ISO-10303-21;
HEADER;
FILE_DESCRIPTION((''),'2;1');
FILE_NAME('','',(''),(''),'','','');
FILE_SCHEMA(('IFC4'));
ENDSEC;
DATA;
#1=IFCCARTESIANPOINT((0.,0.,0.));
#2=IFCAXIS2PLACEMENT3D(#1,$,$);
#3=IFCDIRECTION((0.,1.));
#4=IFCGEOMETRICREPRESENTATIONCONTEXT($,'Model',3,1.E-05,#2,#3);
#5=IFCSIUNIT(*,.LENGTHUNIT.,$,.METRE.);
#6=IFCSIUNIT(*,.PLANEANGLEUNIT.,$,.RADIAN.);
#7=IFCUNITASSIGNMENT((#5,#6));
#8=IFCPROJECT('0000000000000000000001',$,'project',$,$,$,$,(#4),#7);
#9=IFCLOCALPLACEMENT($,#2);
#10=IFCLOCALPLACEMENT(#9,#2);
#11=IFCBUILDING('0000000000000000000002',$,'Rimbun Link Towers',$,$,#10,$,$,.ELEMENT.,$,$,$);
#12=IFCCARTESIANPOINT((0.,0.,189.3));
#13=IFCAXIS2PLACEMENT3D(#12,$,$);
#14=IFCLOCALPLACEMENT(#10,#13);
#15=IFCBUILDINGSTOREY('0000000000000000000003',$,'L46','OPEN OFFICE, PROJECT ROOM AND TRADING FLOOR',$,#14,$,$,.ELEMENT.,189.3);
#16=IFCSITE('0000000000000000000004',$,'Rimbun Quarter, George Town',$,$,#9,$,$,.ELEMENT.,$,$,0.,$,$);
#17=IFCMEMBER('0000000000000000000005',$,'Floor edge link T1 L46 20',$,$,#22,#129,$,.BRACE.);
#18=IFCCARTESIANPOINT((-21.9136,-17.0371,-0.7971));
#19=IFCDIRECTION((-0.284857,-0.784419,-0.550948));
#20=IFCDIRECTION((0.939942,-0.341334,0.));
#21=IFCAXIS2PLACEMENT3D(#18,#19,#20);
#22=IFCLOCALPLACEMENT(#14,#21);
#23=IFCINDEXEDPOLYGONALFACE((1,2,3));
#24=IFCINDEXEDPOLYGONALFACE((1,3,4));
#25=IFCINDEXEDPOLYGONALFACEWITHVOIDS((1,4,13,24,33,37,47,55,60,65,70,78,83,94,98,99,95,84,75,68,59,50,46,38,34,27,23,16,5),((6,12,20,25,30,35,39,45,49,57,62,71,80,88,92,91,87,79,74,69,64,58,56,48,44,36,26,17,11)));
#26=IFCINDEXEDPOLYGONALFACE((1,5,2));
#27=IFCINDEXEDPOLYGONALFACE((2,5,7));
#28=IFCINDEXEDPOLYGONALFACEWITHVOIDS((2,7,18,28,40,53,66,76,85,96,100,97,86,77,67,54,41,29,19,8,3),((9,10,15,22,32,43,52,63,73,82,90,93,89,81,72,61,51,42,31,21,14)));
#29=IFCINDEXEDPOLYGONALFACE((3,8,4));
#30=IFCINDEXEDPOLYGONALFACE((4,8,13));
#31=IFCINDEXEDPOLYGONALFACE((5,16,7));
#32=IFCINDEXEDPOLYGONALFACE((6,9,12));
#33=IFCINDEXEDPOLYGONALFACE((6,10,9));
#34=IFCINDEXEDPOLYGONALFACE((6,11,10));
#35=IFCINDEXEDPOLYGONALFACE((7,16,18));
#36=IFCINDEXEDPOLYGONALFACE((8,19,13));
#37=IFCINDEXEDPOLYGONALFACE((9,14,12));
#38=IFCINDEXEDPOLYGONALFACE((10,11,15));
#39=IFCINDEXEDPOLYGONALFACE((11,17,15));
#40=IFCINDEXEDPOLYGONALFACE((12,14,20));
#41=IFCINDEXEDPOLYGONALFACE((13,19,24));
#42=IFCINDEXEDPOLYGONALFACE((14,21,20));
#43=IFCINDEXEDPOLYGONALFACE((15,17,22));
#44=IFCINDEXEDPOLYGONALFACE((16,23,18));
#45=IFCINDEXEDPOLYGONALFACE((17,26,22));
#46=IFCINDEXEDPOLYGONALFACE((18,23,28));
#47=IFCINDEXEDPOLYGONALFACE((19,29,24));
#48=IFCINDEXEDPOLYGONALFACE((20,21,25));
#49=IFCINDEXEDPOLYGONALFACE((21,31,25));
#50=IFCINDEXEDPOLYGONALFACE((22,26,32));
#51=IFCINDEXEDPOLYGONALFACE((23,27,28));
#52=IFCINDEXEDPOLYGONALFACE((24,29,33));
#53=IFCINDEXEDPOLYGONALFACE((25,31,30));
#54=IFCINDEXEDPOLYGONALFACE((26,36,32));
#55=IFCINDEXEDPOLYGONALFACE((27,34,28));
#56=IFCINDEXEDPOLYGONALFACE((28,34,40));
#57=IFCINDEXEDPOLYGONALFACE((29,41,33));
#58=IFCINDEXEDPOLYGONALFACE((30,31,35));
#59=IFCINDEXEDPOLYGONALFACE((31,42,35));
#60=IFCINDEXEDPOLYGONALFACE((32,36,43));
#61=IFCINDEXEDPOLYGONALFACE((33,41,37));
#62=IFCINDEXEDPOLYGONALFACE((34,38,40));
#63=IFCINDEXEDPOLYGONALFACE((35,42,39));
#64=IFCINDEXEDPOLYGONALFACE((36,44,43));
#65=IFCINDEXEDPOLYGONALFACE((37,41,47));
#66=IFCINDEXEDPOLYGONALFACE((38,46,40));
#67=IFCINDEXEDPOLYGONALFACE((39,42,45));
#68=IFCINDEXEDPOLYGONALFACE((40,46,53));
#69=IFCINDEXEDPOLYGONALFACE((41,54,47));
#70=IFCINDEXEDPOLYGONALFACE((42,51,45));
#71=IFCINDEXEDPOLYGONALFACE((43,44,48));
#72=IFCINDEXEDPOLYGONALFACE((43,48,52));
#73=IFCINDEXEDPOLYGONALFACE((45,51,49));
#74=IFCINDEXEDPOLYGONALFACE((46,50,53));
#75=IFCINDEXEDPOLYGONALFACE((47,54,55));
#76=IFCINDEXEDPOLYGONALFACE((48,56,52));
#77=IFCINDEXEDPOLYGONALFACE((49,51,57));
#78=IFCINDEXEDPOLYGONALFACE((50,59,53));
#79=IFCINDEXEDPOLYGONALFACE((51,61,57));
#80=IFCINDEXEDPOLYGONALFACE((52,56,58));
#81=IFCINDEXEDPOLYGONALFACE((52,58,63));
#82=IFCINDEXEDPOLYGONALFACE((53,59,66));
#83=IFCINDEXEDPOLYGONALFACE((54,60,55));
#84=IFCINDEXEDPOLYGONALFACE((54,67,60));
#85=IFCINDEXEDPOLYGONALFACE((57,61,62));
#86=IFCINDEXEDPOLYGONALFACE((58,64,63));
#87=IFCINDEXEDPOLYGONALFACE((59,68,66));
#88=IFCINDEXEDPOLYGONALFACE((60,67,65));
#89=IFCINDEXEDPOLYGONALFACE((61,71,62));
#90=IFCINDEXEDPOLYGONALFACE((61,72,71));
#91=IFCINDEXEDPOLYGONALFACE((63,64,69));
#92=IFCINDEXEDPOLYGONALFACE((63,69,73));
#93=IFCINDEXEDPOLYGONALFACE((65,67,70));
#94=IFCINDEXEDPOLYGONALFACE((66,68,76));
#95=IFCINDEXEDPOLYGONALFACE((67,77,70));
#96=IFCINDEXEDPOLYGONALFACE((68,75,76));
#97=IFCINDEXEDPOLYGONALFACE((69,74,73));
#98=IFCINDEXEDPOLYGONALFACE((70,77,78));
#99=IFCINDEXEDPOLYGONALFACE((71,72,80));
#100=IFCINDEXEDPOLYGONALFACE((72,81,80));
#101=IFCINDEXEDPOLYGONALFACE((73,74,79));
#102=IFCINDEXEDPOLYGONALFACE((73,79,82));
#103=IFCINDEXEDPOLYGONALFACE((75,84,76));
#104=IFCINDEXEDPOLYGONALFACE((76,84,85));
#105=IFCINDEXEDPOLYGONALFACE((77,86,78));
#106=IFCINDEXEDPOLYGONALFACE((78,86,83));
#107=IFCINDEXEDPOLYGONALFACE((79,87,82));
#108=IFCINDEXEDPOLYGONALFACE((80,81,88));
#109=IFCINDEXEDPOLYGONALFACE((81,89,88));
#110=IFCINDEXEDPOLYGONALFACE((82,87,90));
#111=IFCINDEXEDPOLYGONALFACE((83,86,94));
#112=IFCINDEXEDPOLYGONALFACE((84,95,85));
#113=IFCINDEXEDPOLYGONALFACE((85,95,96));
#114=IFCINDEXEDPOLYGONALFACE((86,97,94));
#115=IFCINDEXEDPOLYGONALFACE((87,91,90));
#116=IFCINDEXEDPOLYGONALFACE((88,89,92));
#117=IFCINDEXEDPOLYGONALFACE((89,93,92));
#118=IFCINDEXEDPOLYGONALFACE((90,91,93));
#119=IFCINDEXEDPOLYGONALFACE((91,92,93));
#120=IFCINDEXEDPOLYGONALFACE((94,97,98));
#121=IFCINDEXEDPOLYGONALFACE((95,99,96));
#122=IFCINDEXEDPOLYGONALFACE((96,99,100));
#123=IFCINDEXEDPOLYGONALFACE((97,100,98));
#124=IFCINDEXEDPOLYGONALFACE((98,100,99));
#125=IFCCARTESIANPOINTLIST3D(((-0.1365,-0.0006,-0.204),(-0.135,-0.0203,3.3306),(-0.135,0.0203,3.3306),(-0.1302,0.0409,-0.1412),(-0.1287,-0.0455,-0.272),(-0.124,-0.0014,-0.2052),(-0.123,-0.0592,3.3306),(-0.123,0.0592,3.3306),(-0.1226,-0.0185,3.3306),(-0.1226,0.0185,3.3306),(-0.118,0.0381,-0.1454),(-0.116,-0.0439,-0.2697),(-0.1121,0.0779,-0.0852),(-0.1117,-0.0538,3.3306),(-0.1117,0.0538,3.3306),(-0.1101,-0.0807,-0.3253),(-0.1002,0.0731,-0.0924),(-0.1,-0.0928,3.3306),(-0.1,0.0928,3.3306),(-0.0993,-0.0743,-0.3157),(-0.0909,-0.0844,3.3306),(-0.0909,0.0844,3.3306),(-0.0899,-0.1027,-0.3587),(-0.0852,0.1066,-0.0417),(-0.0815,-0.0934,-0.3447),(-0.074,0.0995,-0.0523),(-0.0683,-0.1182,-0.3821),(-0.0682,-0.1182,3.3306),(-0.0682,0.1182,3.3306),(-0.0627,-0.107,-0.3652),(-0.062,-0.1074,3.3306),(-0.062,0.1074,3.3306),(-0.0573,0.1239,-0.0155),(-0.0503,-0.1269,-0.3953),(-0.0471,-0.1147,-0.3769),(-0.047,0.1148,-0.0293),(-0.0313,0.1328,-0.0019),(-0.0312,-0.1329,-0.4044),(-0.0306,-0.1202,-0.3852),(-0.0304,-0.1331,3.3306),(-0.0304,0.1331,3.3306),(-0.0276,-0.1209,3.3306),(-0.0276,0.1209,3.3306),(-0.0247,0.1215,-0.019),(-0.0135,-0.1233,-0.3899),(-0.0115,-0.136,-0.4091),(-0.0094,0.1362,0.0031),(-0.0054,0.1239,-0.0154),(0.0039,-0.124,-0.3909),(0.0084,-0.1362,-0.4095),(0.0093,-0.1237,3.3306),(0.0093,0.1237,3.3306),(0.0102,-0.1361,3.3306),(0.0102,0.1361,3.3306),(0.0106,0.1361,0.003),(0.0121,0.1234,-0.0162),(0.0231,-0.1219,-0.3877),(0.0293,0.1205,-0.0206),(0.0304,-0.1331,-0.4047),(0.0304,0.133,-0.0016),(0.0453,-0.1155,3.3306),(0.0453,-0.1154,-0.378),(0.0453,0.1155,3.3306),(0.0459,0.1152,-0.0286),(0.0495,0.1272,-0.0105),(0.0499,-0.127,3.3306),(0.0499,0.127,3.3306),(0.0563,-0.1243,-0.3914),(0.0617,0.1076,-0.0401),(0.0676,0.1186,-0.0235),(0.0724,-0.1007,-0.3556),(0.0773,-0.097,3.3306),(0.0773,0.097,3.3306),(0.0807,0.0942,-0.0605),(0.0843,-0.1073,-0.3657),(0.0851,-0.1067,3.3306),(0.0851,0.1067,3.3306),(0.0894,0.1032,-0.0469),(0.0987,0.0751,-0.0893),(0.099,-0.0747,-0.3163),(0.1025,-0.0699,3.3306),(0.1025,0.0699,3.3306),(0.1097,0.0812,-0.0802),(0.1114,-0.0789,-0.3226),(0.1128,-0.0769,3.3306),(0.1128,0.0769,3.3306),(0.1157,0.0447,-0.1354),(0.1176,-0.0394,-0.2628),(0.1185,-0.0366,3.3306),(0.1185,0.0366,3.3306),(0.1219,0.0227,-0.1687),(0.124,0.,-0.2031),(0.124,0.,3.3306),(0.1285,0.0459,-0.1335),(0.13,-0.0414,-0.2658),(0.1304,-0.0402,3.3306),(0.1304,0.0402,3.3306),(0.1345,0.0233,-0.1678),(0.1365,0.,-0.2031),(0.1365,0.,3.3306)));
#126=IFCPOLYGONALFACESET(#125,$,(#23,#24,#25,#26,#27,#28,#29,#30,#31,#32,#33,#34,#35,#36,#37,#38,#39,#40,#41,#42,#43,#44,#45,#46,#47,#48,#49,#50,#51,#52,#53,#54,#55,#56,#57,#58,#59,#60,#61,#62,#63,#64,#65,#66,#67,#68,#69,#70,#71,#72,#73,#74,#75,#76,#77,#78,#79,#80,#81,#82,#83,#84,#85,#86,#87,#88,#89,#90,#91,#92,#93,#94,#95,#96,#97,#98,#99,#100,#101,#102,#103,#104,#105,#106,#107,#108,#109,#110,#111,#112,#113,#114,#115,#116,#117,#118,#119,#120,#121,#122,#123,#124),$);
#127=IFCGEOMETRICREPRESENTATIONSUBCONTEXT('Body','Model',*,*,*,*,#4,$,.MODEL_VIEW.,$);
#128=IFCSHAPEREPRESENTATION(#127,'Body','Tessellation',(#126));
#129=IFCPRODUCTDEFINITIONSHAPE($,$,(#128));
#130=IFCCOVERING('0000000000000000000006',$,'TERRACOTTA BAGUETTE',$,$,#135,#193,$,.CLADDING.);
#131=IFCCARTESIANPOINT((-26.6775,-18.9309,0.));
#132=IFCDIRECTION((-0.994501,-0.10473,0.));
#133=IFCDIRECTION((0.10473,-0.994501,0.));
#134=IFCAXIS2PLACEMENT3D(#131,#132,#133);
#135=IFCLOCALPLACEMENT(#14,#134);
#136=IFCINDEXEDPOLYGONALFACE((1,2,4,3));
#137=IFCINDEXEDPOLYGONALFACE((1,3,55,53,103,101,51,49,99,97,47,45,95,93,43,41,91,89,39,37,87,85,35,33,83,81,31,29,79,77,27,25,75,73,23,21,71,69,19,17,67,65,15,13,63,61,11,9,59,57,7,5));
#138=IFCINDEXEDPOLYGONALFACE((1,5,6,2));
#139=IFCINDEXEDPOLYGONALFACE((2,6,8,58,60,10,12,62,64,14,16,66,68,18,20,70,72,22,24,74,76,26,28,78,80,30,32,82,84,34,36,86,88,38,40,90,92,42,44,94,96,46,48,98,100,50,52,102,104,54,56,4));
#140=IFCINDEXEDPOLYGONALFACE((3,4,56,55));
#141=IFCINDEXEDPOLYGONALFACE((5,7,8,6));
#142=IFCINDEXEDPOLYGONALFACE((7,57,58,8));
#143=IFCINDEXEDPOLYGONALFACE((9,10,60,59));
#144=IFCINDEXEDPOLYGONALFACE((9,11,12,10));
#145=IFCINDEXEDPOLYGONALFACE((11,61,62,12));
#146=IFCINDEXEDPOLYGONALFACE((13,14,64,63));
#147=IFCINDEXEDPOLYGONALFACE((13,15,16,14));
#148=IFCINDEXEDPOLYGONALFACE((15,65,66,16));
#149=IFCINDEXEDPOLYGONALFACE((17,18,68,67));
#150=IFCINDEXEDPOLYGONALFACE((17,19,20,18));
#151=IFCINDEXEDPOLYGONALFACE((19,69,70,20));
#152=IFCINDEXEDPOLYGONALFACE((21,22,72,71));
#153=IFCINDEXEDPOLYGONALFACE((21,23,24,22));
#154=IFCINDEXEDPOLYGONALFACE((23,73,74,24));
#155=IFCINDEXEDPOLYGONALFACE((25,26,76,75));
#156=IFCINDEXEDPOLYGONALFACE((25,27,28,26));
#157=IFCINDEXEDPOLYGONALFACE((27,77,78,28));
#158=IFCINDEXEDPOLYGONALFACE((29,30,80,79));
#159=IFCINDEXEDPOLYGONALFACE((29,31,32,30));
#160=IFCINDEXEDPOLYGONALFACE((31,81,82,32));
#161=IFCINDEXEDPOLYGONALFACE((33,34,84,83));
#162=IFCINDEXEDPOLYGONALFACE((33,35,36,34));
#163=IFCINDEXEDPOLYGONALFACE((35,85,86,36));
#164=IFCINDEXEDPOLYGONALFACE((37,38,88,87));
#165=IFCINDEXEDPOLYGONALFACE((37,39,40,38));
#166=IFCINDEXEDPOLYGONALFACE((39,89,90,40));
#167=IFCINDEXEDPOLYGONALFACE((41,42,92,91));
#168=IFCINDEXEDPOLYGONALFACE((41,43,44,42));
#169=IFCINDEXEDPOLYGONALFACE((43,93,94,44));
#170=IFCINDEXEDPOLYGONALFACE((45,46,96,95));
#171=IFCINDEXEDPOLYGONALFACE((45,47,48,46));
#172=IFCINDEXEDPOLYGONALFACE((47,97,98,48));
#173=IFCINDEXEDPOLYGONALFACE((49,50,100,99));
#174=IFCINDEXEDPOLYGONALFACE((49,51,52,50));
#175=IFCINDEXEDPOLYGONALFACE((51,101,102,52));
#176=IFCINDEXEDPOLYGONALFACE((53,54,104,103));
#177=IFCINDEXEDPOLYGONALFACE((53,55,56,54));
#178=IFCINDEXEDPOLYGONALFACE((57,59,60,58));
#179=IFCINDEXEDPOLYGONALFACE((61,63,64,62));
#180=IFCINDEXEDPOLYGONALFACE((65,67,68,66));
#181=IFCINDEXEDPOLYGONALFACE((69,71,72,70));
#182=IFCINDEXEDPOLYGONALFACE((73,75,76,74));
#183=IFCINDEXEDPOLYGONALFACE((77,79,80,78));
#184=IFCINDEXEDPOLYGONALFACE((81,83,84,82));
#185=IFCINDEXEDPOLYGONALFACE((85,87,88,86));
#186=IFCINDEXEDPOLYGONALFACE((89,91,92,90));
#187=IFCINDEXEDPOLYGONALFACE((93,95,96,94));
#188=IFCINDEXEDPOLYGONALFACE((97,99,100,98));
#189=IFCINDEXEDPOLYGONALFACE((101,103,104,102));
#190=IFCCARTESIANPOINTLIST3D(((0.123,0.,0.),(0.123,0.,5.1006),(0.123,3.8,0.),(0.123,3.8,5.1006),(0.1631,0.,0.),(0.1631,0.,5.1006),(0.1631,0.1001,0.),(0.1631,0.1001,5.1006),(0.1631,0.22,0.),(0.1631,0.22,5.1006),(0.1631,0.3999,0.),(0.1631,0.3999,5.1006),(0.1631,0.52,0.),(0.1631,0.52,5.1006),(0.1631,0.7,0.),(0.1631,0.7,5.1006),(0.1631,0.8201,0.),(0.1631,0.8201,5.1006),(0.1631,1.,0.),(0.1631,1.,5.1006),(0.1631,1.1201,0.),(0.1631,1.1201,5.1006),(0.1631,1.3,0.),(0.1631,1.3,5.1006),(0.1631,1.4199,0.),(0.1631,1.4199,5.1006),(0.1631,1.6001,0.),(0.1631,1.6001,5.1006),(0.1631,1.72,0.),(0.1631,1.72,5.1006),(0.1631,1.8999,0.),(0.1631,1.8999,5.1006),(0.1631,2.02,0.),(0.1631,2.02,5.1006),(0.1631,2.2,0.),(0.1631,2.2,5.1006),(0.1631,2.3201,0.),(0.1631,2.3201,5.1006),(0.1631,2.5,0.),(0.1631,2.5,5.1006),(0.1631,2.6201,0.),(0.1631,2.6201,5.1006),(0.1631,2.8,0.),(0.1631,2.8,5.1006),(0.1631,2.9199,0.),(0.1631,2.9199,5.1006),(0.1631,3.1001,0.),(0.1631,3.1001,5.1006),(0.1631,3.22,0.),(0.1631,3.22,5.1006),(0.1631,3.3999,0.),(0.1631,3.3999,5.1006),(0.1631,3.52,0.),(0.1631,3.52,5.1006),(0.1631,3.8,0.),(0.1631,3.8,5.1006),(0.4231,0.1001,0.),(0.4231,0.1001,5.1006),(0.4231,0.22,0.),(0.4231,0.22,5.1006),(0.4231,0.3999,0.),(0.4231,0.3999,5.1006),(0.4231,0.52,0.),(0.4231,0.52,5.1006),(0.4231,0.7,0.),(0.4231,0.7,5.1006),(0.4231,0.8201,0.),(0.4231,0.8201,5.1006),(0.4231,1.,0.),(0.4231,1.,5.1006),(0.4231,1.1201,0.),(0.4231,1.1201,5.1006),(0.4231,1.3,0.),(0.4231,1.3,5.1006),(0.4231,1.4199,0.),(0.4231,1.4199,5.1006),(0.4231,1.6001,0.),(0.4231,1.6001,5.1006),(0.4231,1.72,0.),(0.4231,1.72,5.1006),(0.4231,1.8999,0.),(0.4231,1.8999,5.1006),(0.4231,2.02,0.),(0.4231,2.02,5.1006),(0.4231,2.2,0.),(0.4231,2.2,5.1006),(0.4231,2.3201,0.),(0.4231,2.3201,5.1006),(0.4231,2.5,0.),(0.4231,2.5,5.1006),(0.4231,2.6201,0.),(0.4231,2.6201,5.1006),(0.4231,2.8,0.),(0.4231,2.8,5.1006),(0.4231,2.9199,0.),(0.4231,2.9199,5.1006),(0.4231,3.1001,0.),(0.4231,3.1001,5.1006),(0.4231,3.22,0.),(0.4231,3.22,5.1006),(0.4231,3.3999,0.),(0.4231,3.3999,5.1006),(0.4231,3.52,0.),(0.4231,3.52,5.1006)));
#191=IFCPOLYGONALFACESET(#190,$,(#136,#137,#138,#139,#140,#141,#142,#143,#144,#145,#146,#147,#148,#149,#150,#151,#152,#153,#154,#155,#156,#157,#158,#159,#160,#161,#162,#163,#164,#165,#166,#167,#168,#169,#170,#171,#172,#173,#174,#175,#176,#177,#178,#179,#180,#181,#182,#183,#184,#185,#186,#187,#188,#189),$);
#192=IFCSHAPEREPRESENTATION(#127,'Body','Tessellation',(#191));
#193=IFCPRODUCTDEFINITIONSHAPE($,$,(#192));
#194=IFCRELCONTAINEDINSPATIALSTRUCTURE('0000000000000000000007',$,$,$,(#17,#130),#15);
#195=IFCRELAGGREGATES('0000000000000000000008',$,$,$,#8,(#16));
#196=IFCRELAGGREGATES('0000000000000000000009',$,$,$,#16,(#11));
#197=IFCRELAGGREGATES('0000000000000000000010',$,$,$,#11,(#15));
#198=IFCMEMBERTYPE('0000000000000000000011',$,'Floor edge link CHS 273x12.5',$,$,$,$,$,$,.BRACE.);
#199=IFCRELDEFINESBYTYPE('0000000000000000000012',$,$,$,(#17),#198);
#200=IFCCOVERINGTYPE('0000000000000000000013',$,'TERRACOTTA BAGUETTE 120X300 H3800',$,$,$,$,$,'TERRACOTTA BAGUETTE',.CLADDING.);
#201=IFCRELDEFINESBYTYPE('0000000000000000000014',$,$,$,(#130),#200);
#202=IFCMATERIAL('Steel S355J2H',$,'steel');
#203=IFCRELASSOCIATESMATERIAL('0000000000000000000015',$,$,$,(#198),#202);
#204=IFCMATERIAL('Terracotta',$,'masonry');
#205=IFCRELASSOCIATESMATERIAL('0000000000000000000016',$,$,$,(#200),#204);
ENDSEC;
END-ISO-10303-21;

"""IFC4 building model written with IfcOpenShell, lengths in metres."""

from ifc_helpers import new_model, si_unit, direction, frame, origin, origin_2d, place, context, subcontext, project, spatial, polyline, hollow_circle, outline, extrude, clip, halfspace, material, material_profile, profile_set, type_object, element, save


model = new_model("IFC4")

# Units and contexts
model_context = context("Model", 3, precision=1e-05, world=origin(), true_north=direction((0.0, 1.0)))
body_context = subcontext(model_context, "Body", "Model", "MODEL_VIEW")
ifc_project = project(units=[si_unit("LENGTHUNIT", "METRE"), si_unit("PLANEANGLEUNIT", "RADIAN")], contexts=[model_context])

# Site, building, storey
site_placement = place(None, origin())
site = spatial("IfcSite", under=ifc_project, at=site_placement, Name="Rimbun Quarter, George Town", CompositionType="ELEMENT", RefElevation=0.0)
building_placement = place(site_placement, origin())
building = spatial("IfcBuilding", under=site, at=building_placement, Name="Rimbun Link Towers", CompositionType="ELEMENT")
storey_placement = place(building_placement, frame((0.0, 0.0, 189.3)))
storey = spatial("IfcBuildingStorey", under=building, at=storey_placement, Name="L46", Description="OPEN OFFICE, PROJECT ROOM AND TRADING FLOOR", CompositionType="ELEMENT", Elevation=189.3)

# Member
ifc_material_1 = material(Name="Steel S355J2H", Category="steel")
ifc_material_profile_1 = material_profile(ifc_material_1, hollow_circle(Radius=0.1365, WallThickness=0.0125, at=origin_2d()), Name="CHS 273x12.5")
ifc_profile_set_1 = profile_set([ifc_material_profile_1], Name="Steel S355J2H")
member_type_1 = type_object("IfcMemberType", Name="Floor edge link CHS 273x12.5", PredefinedType="BRACE", material=ifc_profile_set_1)
member_1_placement = place(storey_placement, frame((-21.9136, -17.0371, -0.7971), z_axis=(-0.284857, -0.784419, -0.550948), x_axis=(0.939942, -0.341334, 0.0)))
element("IfcMember", 1, at=member_1_placement, inside=storey, type_object=member_type_1, Name="Floor edge link T1 L46 20", PredefinedType="BRACE", context=body_context, shape_type="Clipping", body=[
    clip(extrude(hollow_circle(Radius=0.1365, WallThickness=0.0125, at=origin_2d()), frame((0.0, 0.0, -0.4316)), (0.0, 0.0, 1.0), 3.7622), halfspace(frame((0.0, 0.0, -0.2031), z_axis=(0.0, 0.83454, -0.550948)), False)),
])

# Covering
ifc_material_2 = material(Name="Terracotta", Category="masonry")
ifc_material_profile_2 = material_profile(ifc_material_2, outline(polyline([(0.123, 0.0), (0.1631, 0.0), (0.1631, 0.1001), (0.4231, 0.1001), (0.4231, 0.22), (0.1631, 0.22), (0.1631, 0.3999), (0.4231, 0.3999), (0.4231, 0.52), (0.1631, 0.52), (0.1631, 0.7), (0.4231, 0.7), (0.4231, 0.8201), (0.1631, 0.8201), (0.1631, 1.0), (0.4231, 1.0), (0.4231, 1.1201), (0.1631, 1.1201), (0.1631, 1.3), (0.4231, 1.3), (0.4231, 1.4199), (0.1631, 1.4199), (0.1631, 1.6001), (0.4231, 1.6001), (0.4231, 1.72), (0.1631, 1.72), (0.1631, 1.8999), (0.4231, 1.8999), (0.4231, 2.02), (0.1631, 2.02), (0.1631, 2.2), (0.4231, 2.2), (0.4231, 2.3201), (0.1631, 2.3201), (0.1631, 2.5), (0.4231, 2.5), (0.4231, 2.6201), (0.1631, 2.6201), (0.1631, 2.8), (0.4231, 2.8), (0.4231, 2.9199), (0.1631, 2.9199), (0.1631, 3.1001), (0.4231, 3.1001), (0.4231, 3.22), (0.1631, 3.22), (0.1631, 3.3999), (0.4231, 3.3999), (0.4231, 3.52), (0.1631, 3.52), (0.1631, 3.8), (0.123, 3.8), (0.123, 0.0)])), Name="BAGUETTE 120X300")
ifc_profile_set_2 = profile_set([ifc_material_profile_2], Name="Terracotta")
covering_type = type_object("IfcCoveringType", Name="TERRACOTTA BAGUETTE 120X300 H3800", ElementType="TERRACOTTA BAGUETTE", PredefinedType="CLADDING", material=ifc_profile_set_2)
covering_1_placement = place(storey_placement, frame((-26.6775, -18.9309, 0.0), z_axis=(-0.994501, -0.10473, 0.0), x_axis=(0.10473, -0.994501, 0.0)))
element("IfcCovering", 2, at=covering_1_placement, inside=storey, type_object=covering_type, Name="TERRACOTTA BAGUETTE", PredefinedType="CLADDING", context=body_context, shape_type="SweptSolid", body=[
    extrude(outline(polyline([(0.123, 0.0), (0.1631, 0.0), (0.1631, 0.1001), (0.4231, 0.1001), (0.4231, 0.22), (0.1631, 0.22), (0.1631, 0.3999), (0.4231, 0.3999), (0.4231, 0.52), (0.1631, 0.52), (0.1631, 0.7), (0.4231, 0.7), (0.4231, 0.8201), (0.1631, 0.8201), (0.1631, 1.0), (0.4231, 1.0), (0.4231, 1.1201), (0.1631, 1.1201), (0.1631, 1.3), (0.4231, 1.3), (0.4231, 1.4199), (0.1631, 1.4199), (0.1631, 1.6001), (0.4231, 1.6001), (0.4231, 1.72), (0.1631, 1.72), (0.1631, 1.8999), (0.4231, 1.8999), (0.4231, 2.02), (0.1631, 2.02), (0.1631, 2.2), (0.4231, 2.2), (0.4231, 2.3201), (0.1631, 2.3201), (0.1631, 2.5), (0.4231, 2.5), (0.4231, 2.6201), (0.1631, 2.6201), (0.1631, 2.8), (0.4231, 2.8), (0.4231, 2.9199), (0.1631, 2.9199), (0.1631, 3.1001), (0.4231, 3.1001), (0.4231, 3.22), (0.1631, 3.22), (0.1631, 3.3999), (0.4231, 3.3999), (0.4231, 3.52), (0.1631, 3.52), (0.1631, 3.8), (0.123, 3.8), (0.123, 0.0)])), origin(), (0.0, 0.0, 1.0), 5.1006),
])

save(model, "model.ifc")
